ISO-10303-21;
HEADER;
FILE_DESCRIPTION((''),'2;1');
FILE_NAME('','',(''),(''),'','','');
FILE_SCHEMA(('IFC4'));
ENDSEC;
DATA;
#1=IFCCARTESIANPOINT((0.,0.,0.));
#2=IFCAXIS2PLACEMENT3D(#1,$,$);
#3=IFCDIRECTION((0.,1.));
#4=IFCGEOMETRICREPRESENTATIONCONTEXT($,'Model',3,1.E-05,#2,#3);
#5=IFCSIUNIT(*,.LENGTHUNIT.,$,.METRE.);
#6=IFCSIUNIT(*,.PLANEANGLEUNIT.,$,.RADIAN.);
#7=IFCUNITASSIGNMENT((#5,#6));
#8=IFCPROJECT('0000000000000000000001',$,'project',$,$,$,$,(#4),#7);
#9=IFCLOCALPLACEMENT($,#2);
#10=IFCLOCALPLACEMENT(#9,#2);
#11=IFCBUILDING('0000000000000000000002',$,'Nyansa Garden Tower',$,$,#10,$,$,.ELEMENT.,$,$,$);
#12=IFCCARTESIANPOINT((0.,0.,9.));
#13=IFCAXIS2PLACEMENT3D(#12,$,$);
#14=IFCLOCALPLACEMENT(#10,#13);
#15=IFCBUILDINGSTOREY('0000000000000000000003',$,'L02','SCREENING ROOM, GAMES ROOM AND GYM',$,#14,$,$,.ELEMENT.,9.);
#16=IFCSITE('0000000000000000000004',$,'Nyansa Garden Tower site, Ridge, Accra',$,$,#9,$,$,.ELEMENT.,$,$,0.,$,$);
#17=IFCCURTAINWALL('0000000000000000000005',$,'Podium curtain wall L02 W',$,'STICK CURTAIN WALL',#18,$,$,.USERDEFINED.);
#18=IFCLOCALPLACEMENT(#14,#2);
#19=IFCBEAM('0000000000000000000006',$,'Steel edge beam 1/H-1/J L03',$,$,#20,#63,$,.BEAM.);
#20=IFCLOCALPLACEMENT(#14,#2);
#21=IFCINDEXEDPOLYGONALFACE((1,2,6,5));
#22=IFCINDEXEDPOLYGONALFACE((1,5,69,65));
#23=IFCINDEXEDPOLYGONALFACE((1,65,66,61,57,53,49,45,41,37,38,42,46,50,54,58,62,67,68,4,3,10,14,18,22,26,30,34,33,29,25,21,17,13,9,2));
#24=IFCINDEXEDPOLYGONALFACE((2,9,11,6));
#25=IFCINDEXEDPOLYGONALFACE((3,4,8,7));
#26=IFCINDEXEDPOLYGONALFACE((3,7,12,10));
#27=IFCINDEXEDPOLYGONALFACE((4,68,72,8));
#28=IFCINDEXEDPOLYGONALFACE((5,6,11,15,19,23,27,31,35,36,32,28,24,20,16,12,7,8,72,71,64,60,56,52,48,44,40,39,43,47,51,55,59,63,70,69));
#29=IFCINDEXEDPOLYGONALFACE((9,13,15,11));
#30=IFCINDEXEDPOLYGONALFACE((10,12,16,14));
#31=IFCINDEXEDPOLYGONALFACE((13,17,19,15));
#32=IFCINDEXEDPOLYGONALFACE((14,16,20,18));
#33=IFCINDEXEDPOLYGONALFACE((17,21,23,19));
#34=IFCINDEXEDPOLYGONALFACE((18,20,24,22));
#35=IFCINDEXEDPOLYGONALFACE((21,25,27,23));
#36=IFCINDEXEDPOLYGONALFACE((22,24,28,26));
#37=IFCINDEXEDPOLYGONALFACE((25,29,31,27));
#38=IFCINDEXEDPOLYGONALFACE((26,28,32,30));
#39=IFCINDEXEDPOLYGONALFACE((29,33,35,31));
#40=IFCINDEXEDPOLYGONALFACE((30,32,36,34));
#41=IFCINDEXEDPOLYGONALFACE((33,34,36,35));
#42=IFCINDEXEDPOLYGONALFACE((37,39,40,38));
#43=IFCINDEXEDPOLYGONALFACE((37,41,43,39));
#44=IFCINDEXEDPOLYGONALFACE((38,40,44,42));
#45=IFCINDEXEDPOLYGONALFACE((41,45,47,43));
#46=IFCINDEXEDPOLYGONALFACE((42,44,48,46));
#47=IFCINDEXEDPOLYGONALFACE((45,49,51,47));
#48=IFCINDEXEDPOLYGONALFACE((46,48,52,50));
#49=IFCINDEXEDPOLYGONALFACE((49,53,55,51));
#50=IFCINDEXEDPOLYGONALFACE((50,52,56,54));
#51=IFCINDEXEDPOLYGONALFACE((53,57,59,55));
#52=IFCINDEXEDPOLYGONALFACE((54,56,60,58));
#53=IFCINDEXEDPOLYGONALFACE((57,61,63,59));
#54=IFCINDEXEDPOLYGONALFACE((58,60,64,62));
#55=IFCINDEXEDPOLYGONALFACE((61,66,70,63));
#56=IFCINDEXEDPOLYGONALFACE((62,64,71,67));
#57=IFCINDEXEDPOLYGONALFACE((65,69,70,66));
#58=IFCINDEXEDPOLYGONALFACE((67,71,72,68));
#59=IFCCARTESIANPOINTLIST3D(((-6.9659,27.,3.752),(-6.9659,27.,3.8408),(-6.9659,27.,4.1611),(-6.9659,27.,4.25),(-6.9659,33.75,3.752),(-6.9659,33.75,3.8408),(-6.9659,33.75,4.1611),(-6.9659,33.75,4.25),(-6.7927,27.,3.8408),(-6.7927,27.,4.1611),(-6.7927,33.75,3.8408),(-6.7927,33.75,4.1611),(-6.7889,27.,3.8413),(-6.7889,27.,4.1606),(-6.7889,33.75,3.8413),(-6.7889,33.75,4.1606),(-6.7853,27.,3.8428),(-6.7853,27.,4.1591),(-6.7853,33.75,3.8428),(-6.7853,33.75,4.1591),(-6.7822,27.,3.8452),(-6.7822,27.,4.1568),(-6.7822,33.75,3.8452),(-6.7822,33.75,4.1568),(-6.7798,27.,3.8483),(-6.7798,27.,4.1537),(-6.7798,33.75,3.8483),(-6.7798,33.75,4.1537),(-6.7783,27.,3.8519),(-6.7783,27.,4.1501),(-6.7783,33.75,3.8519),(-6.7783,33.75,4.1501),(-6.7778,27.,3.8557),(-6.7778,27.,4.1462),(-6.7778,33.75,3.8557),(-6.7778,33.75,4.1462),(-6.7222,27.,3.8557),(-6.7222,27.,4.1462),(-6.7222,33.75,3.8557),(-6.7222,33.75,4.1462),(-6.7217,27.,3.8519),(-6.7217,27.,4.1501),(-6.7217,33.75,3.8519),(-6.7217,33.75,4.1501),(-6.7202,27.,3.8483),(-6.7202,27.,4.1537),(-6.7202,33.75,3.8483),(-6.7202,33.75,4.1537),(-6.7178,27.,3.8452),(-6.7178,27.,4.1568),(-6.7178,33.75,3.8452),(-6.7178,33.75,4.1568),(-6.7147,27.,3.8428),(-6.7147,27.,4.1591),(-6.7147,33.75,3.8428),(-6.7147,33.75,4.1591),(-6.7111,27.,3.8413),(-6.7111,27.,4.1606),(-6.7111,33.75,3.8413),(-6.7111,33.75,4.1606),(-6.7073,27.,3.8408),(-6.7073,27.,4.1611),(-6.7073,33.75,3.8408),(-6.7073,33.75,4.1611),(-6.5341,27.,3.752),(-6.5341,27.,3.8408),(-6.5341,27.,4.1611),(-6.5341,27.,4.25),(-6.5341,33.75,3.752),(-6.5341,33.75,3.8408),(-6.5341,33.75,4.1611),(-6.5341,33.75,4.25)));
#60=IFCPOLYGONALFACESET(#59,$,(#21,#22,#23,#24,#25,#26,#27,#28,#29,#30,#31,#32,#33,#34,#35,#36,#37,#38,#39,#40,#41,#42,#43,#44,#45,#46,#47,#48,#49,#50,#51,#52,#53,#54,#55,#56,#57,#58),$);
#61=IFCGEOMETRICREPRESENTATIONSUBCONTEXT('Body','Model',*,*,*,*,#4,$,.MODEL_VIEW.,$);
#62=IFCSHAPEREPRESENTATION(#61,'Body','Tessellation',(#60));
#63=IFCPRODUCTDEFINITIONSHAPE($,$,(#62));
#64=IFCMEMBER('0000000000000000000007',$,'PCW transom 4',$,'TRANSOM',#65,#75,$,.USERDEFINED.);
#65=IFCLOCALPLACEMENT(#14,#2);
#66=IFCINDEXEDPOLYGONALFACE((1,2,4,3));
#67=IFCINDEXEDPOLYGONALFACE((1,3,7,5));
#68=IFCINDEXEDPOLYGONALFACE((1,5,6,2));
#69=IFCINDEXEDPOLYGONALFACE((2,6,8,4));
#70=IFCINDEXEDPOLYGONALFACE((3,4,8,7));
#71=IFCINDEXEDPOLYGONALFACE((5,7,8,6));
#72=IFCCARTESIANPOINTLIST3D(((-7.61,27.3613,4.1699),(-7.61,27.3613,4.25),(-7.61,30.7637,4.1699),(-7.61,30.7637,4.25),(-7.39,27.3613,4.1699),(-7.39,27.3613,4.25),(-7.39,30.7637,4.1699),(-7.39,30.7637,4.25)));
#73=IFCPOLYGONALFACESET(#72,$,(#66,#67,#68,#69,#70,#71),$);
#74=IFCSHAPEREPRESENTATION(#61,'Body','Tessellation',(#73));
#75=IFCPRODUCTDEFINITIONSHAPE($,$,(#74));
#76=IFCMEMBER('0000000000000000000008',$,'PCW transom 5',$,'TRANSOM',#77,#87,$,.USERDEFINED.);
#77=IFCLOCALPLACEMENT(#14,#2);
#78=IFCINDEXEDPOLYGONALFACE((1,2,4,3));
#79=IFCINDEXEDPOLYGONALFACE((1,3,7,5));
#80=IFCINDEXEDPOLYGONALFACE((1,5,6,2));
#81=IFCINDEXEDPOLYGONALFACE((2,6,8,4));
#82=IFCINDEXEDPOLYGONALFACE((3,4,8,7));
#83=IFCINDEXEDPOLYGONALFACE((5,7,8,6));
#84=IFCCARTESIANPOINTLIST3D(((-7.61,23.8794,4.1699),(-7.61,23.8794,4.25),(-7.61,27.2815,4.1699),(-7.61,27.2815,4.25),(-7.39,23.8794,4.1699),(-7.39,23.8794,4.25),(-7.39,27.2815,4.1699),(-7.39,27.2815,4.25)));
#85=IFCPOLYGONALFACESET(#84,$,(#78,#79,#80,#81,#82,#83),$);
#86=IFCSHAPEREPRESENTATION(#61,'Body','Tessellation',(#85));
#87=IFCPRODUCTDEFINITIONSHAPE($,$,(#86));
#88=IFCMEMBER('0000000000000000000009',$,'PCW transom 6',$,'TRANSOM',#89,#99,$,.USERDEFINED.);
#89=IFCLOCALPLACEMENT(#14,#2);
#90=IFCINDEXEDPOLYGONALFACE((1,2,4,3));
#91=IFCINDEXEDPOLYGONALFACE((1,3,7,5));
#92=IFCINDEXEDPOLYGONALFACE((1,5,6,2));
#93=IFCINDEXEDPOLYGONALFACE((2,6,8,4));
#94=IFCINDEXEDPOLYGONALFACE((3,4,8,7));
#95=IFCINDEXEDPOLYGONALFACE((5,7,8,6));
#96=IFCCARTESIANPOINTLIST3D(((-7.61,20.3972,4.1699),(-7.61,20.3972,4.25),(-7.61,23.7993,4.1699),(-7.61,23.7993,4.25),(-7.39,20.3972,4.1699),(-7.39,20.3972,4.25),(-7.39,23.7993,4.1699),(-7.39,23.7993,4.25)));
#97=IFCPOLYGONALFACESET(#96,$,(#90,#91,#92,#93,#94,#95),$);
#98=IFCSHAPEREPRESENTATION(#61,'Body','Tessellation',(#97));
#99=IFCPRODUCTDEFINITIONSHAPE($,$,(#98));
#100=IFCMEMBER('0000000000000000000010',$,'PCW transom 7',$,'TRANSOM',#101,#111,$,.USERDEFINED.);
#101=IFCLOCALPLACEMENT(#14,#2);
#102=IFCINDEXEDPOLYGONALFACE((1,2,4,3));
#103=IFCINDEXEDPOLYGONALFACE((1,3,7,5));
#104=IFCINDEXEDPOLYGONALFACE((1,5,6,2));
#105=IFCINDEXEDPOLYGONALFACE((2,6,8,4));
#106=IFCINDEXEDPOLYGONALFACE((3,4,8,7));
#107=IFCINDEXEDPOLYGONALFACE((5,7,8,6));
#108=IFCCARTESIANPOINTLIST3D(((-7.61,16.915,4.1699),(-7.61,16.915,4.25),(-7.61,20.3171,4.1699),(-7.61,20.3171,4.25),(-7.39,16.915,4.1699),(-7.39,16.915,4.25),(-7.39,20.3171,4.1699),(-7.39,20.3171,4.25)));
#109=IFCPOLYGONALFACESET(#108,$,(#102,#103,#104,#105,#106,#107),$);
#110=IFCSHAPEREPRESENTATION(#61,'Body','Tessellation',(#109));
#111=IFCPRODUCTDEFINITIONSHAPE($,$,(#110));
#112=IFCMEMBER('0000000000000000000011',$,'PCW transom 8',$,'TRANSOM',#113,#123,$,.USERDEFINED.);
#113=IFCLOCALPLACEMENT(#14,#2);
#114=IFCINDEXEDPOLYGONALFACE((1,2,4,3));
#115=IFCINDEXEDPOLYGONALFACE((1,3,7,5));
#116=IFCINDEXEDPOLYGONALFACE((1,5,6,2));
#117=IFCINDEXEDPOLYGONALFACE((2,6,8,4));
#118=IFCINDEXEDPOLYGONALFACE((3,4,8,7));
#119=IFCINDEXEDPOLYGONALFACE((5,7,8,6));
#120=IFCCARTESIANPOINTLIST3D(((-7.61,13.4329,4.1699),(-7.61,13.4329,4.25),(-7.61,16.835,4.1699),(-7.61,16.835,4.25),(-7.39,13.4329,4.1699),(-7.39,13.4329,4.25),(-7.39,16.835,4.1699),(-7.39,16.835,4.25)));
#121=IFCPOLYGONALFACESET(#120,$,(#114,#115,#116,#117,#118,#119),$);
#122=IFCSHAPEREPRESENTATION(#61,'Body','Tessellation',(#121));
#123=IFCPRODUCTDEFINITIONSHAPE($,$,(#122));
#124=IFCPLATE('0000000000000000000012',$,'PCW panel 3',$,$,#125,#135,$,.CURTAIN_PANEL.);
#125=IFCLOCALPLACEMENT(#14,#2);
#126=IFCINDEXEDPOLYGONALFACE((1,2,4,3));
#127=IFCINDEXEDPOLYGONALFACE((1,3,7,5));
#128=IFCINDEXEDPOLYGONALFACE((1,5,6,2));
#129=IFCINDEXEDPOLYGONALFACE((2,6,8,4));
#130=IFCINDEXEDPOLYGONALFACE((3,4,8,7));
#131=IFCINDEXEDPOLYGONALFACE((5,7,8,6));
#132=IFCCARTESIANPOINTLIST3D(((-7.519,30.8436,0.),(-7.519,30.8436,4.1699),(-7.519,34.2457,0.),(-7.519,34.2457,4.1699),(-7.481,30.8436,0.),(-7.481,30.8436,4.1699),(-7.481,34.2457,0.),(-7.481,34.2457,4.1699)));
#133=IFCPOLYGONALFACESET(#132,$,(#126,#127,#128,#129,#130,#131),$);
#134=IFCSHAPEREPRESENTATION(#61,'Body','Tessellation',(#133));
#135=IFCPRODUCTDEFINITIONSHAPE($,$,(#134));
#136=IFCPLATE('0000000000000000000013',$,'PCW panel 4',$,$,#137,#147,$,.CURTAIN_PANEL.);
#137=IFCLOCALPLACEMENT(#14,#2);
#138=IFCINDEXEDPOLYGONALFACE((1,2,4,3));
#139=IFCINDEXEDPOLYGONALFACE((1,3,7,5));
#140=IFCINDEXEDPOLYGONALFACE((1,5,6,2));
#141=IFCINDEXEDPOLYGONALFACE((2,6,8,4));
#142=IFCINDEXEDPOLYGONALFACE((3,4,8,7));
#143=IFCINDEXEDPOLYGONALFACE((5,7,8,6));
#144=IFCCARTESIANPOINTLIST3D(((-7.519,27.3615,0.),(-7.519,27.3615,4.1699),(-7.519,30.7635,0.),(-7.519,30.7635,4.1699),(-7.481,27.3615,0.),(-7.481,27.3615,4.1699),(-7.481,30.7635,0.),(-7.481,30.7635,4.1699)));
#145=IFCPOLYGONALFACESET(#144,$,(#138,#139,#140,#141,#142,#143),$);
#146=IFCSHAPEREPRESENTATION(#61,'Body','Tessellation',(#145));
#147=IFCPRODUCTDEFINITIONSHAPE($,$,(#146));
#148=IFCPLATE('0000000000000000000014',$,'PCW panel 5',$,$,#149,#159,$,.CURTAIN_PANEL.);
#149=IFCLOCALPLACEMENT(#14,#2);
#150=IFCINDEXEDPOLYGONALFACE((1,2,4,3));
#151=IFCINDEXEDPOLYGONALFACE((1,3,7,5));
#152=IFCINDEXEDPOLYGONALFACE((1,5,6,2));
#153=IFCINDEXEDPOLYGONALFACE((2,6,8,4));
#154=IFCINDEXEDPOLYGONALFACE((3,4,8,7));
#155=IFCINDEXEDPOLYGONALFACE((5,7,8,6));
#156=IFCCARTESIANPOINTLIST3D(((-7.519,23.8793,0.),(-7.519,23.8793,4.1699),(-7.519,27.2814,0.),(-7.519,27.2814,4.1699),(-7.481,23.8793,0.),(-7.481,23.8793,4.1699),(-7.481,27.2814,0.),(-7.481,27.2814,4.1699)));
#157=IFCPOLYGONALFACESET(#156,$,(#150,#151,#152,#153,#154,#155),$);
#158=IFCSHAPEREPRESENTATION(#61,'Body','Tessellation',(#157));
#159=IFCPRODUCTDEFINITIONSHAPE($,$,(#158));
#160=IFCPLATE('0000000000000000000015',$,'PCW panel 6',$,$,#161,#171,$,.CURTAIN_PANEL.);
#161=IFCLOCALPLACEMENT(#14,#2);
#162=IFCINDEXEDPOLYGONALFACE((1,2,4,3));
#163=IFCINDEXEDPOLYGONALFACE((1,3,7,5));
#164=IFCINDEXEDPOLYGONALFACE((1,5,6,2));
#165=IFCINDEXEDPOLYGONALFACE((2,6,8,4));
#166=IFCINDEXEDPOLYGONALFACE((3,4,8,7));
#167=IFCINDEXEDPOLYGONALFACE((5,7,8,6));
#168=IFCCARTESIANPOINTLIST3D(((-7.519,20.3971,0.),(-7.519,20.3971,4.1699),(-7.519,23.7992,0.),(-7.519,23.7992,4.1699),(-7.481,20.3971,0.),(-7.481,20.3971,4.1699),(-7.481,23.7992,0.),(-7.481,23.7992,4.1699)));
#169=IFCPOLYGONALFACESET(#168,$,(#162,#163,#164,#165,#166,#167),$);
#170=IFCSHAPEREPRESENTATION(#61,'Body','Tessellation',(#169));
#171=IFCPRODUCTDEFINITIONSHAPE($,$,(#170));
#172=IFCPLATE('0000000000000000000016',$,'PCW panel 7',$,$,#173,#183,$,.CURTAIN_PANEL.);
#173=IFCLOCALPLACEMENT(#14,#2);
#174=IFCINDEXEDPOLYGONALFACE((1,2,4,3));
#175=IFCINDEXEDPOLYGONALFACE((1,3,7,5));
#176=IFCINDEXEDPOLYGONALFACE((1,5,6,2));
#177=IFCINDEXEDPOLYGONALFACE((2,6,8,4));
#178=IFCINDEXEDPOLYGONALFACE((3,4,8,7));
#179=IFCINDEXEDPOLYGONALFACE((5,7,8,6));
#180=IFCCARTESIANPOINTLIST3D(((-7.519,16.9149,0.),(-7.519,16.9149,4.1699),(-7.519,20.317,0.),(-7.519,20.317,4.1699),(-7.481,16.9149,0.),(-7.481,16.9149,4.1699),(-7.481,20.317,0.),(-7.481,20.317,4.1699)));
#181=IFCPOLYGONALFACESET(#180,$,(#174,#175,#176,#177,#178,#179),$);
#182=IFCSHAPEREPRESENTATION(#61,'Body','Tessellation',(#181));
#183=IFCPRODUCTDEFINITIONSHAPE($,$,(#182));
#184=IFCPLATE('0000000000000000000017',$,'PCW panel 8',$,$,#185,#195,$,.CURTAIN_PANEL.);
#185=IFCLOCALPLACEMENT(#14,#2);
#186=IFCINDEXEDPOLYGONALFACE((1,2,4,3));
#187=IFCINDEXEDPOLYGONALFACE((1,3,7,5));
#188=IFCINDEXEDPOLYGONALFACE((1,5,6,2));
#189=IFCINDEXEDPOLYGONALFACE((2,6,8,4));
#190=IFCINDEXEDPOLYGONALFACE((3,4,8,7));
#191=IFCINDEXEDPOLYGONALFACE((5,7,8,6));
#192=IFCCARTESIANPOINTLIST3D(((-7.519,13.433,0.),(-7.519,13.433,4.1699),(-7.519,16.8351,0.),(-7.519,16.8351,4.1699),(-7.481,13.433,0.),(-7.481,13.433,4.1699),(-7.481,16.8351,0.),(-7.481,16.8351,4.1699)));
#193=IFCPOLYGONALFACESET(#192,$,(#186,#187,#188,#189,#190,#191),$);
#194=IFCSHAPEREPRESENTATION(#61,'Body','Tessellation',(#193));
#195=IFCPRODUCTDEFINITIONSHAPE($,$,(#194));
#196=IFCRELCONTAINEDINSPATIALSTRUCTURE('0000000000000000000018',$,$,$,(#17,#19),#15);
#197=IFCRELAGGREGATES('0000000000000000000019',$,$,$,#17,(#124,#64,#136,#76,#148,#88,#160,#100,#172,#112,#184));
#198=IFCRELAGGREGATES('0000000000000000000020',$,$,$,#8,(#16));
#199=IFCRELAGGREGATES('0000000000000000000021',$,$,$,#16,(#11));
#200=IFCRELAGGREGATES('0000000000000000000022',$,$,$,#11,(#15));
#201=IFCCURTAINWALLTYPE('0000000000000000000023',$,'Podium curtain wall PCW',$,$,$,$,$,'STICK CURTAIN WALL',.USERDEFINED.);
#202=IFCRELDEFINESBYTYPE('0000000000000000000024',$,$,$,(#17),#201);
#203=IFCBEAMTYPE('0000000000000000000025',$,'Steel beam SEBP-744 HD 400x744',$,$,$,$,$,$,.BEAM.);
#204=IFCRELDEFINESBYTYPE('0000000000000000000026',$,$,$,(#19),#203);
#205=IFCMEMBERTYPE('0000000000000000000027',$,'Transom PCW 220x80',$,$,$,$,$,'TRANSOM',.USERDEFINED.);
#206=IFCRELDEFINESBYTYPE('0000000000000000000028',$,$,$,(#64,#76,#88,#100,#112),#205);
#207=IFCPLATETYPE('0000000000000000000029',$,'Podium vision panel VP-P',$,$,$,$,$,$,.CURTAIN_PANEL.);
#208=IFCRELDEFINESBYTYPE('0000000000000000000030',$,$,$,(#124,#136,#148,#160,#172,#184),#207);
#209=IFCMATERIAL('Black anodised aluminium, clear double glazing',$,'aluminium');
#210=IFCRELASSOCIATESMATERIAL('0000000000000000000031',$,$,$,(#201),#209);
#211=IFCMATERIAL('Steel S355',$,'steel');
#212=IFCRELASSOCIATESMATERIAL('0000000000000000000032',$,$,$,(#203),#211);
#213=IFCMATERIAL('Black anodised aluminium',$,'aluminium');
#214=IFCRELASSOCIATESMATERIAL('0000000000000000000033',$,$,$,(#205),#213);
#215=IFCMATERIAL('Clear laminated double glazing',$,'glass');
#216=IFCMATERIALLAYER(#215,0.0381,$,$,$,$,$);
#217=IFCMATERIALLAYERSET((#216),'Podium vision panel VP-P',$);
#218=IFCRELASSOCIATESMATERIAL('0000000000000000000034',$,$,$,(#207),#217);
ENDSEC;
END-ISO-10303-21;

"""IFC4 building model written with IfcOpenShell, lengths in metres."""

from ifc_helpers import new_model, si_unit, direction, frame, origin, origin_2d, place, context, subcontext, project, spatial, rectangle, i_section, extrude, material, layer, layer_set, material_profile, profile_set, type_object, element, aggregate, save


model = new_model("IFC4")

# Units and contexts
model_context = context("Model", 3, precision=1e-05, world=origin(), true_north=direction((0.0, 1.0)))
body_context = subcontext(model_context, "Body", "Model", "MODEL_VIEW")
ifc_project = project(units=[si_unit("LENGTHUNIT", "METRE"), si_unit("PLANEANGLEUNIT", "RADIAN")], contexts=[model_context])

# Site, building, storey
site_placement = place(None, origin())
site = spatial("IfcSite", under=ifc_project, at=site_placement, Name="Nyansa Garden Tower site, Ridge, Accra", CompositionType="ELEMENT", RefElevation=0.0)
building_placement = place(site_placement, origin())
building = spatial("IfcBuilding", under=site, at=building_placement, Name="Nyansa Garden Tower", CompositionType="ELEMENT")
storey_placement = place(building_placement, frame((0.0, 0.0, 9.0)))
storey = spatial("IfcBuildingStorey", under=building, at=storey_placement, Name="L02", Description="SCREENING ROOM, GAMES ROOM AND GYM", CompositionType="ELEMENT", Elevation=9.0)

# Curtain wall
ifc_material_1 = material(Name="Black anodised aluminium, clear double glazing", Category="aluminium")
curtain_wall_type = type_object("IfcCurtainWallType", Name="Podium curtain wall PCW", ElementType="STICK CURTAIN WALL", PredefinedType="USERDEFINED", material=ifc_material_1)
curtain_wall_placement = place(storey_placement, origin())
curtain_wall = element("IfcCurtainWall", 1, at=curtain_wall_placement, inside=storey, type_object=curtain_wall_type, Name="Podium curtain wall L02 W", ObjectType="STICK CURTAIN WALL", PredefinedType="USERDEFINED")

# Beam
ifc_material_2 = material(Name="Steel S355", Category="steel")
ifc_material_profile_1 = material_profile(ifc_material_2, i_section(OverallWidth=0.4319, OverallDepth=0.498, WebThickness=0.0557, FlangeThickness=0.0889, FilletRadius=0.0149, at=origin_2d()), Name="HD 400x744")
ifc_profile_set_1 = profile_set([ifc_material_profile_1], Name="Steel S355")
beam_type_1 = type_object("IfcBeamType", Name="Steel beam SEBP-744 HD 400x744", PredefinedType="BEAM", material=ifc_profile_set_1)
for number, where, z_axis, x_axis, name in (
    (2, (-6.75, 27.0, 4.001), (0.0, 1.0, 0.0), (-1.0, 0.0, 0.0), "Steel edge beam 1/H-1/J L03"),
):
    element("IfcBeam", number, at=place(storey_placement, frame(where, z_axis=z_axis, x_axis=x_axis)), inside=storey, type_object=beam_type_1, Name=name, PredefinedType="BEAM", context=body_context, shape_type="SweptSolid", body=[
        extrude(i_section(OverallWidth=0.4319, OverallDepth=0.498, WebThickness=0.0557, FlangeThickness=0.0889, FilletRadius=0.0149, at=origin_2d()), origin(), (0.0, 0.0, 1.0), 6.75),
    ])

# Members
ifc_material_3 = material(Name="Black anodised aluminium", Category="aluminium")
ifc_material_profile_2 = material_profile(ifc_material_3, rectangle(XDim=0.22, YDim=0.0801, at=origin_2d()), Name="Transom 220x80")
ifc_profile_set_2 = profile_set([ifc_material_profile_2], Name="Black anodised aluminium")
member_type_1 = type_object("IfcMemberType", Name="Transom PCW 220x80", ElementType="TRANSOM", PredefinedType="USERDEFINED", material=ifc_profile_set_2)
member_1_placement = place(storey_placement, frame((-7.5, 30.7637, 4.21), z_axis=(0.0, -1.0, 0.0), x_axis=(1.0, 0.0, 0.0)))
member_1 = element("IfcMember", 3, at=member_1_placement, type_object=member_type_1, Name="PCW transom 4", ObjectType="TRANSOM", PredefinedType="USERDEFINED", context=body_context, shape_type="SweptSolid", body=[
    extrude(rectangle(XDim=0.22, YDim=0.0801, at=origin_2d()), origin(), (0.0, 0.0, 1.0), 3.4023),
])
member_2_placement = place(storey_placement, frame((-7.5, 27.2815, 4.21), z_axis=(0.0, -1.0, 0.0), x_axis=(1.0, 0.0, 0.0)))
member_2 = element("IfcMember", 4, at=member_2_placement, type_object=member_type_1, Name="PCW transom 5", ObjectType="TRANSOM", PredefinedType="USERDEFINED", context=body_context, shape_type="SweptSolid", body=[
    extrude(rectangle(XDim=0.22, YDim=0.0801, at=origin_2d()), origin(), (0.0, 0.0, 1.0), 3.4021),
])
member_3_placement = place(storey_placement, frame((-7.5, 23.7993, 4.21), z_axis=(0.0, -1.0, 0.0), x_axis=(1.0, 0.0, 0.0)))
member_3 = element("IfcMember", 5, at=member_3_placement, type_object=member_type_1, Name="PCW transom 6", ObjectType="TRANSOM", PredefinedType="USERDEFINED", context=body_context, shape_type="SweptSolid", body=[
    extrude(rectangle(XDim=0.22, YDim=0.0801, at=origin_2d()), origin(), (0.0, 0.0, 1.0), 3.4021),
])
member_4_placement = place(storey_placement, frame((-7.5, 20.3171, 4.21), z_axis=(0.0, -1.0, 0.0), x_axis=(1.0, 0.0, 0.0)))
member_4 = element("IfcMember", 6, at=member_4_placement, type_object=member_type_1, Name="PCW transom 7", ObjectType="TRANSOM", PredefinedType="USERDEFINED", context=body_context, shape_type="SweptSolid", body=[
    extrude(rectangle(XDim=0.22, YDim=0.0801, at=origin_2d()), origin(), (0.0, 0.0, 1.0), 3.4021),
])
member_5_placement = place(storey_placement, frame((-7.5, 16.835, 4.21), z_axis=(0.0, -1.0, 0.0), x_axis=(1.0, 0.0, 0.0)))
member_5 = element("IfcMember", 7, at=member_5_placement, type_object=member_type_1, Name="PCW transom 8", ObjectType="TRANSOM", PredefinedType="USERDEFINED", context=body_context, shape_type="SweptSolid", body=[
    extrude(rectangle(XDim=0.22, YDim=0.0801, at=origin_2d()), origin(), (0.0, 0.0, 1.0), 3.4021),
])

# Plates
ifc_material_4 = material(Name="Clear laminated double glazing", Category="glass")
ifc_layer = layer(ifc_material_4, 0.0381)
ifc_layer_set = layer_set([ifc_layer], Name="Podium vision panel VP-P")
plate_type = type_object("IfcPlateType", Name="Podium vision panel VP-P", PredefinedType="CURTAIN_PANEL", material=ifc_layer_set)
plate_1_placement = place(storey_placement, frame((-7.5, 32.5447, 0.0), z_axis=(0.0, 0.0, 1.0), x_axis=(0.0, -1.0, 0.0)))
plate_1 = element("IfcPlate", 8, at=plate_1_placement, type_object=plate_type, Name="PCW panel 3", PredefinedType="CURTAIN_PANEL", context=body_context, shape_type="SweptSolid", body=[
    extrude(rectangle(XDim=3.4021, YDim=0.0381, at=origin_2d()), origin(), (0.0, 0.0, 1.0), 4.1699),
])
plate_2_placement = place(storey_placement, frame((-7.5, 29.0625, 0.0), z_axis=(0.0, 0.0, 1.0), x_axis=(0.0, -1.0, 0.0)))
plate_2 = element("IfcPlate", 9, at=plate_2_placement, type_object=plate_type, Name="PCW panel 4", PredefinedType="CURTAIN_PANEL", context=body_context, shape_type="SweptSolid", body=[
    extrude(rectangle(XDim=3.4021, YDim=0.0381, at=origin_2d()), origin(), (0.0, 0.0, 1.0), 4.1699),
])
plate_3_placement = place(storey_placement, frame((-7.5, 25.5803, 0.0), z_axis=(0.0, 0.0, 1.0), x_axis=(0.0, -1.0, 0.0)))
plate_3 = element("IfcPlate", 10, at=plate_3_placement, type_object=plate_type, Name="PCW panel 5", PredefinedType="CURTAIN_PANEL", context=body_context, shape_type="SweptSolid", body=[
    extrude(rectangle(XDim=3.4021, YDim=0.0381, at=origin_2d()), origin(), (0.0, 0.0, 1.0), 4.1699),
])
plate_4_placement = place(storey_placement, frame((-7.5, 22.0981, 0.0), z_axis=(0.0, 0.0, 1.0), x_axis=(0.0, -1.0, 0.0)))
plate_4 = element("IfcPlate", 11, at=plate_4_placement, type_object=plate_type, Name="PCW panel 6", PredefinedType="CURTAIN_PANEL", context=body_context, shape_type="SweptSolid", body=[
    extrude(rectangle(XDim=3.4021, YDim=0.0381, at=origin_2d()), origin(), (0.0, 0.0, 1.0), 4.1699),
])
plate_5_placement = place(storey_placement, frame((-7.5, 18.616, 0.0), z_axis=(0.0, 0.0, 1.0), x_axis=(0.0, -1.0, 0.0)))
plate_5 = element("IfcPlate", 12, at=plate_5_placement, type_object=plate_type, Name="PCW panel 7", PredefinedType="CURTAIN_PANEL", context=body_context, shape_type="SweptSolid", body=[
    extrude(rectangle(XDim=3.4021, YDim=0.0381, at=origin_2d()), origin(), (0.0, 0.0, 1.0), 4.1699),
])
plate_6_placement = place(storey_placement, frame((-7.5, 15.134, 0.0), z_axis=(0.0, 0.0, 1.0), x_axis=(0.0, -1.0, 0.0)))
plate_6 = element("IfcPlate", 13, at=plate_6_placement, type_object=plate_type, Name="PCW panel 8", PredefinedType="CURTAIN_PANEL", context=body_context, shape_type="SweptSolid", body=[
    extrude(rectangle(XDim=3.4021, YDim=0.0381, at=origin_2d()), origin(), (0.0, 0.0, 1.0), 4.1699),
])
aggregate(curtain_wall, [plate_1, member_1, plate_2, member_2, plate_3, member_3, plate_4, member_4, plate_5, member_5, plate_6])

save(model, "model.ifc")
